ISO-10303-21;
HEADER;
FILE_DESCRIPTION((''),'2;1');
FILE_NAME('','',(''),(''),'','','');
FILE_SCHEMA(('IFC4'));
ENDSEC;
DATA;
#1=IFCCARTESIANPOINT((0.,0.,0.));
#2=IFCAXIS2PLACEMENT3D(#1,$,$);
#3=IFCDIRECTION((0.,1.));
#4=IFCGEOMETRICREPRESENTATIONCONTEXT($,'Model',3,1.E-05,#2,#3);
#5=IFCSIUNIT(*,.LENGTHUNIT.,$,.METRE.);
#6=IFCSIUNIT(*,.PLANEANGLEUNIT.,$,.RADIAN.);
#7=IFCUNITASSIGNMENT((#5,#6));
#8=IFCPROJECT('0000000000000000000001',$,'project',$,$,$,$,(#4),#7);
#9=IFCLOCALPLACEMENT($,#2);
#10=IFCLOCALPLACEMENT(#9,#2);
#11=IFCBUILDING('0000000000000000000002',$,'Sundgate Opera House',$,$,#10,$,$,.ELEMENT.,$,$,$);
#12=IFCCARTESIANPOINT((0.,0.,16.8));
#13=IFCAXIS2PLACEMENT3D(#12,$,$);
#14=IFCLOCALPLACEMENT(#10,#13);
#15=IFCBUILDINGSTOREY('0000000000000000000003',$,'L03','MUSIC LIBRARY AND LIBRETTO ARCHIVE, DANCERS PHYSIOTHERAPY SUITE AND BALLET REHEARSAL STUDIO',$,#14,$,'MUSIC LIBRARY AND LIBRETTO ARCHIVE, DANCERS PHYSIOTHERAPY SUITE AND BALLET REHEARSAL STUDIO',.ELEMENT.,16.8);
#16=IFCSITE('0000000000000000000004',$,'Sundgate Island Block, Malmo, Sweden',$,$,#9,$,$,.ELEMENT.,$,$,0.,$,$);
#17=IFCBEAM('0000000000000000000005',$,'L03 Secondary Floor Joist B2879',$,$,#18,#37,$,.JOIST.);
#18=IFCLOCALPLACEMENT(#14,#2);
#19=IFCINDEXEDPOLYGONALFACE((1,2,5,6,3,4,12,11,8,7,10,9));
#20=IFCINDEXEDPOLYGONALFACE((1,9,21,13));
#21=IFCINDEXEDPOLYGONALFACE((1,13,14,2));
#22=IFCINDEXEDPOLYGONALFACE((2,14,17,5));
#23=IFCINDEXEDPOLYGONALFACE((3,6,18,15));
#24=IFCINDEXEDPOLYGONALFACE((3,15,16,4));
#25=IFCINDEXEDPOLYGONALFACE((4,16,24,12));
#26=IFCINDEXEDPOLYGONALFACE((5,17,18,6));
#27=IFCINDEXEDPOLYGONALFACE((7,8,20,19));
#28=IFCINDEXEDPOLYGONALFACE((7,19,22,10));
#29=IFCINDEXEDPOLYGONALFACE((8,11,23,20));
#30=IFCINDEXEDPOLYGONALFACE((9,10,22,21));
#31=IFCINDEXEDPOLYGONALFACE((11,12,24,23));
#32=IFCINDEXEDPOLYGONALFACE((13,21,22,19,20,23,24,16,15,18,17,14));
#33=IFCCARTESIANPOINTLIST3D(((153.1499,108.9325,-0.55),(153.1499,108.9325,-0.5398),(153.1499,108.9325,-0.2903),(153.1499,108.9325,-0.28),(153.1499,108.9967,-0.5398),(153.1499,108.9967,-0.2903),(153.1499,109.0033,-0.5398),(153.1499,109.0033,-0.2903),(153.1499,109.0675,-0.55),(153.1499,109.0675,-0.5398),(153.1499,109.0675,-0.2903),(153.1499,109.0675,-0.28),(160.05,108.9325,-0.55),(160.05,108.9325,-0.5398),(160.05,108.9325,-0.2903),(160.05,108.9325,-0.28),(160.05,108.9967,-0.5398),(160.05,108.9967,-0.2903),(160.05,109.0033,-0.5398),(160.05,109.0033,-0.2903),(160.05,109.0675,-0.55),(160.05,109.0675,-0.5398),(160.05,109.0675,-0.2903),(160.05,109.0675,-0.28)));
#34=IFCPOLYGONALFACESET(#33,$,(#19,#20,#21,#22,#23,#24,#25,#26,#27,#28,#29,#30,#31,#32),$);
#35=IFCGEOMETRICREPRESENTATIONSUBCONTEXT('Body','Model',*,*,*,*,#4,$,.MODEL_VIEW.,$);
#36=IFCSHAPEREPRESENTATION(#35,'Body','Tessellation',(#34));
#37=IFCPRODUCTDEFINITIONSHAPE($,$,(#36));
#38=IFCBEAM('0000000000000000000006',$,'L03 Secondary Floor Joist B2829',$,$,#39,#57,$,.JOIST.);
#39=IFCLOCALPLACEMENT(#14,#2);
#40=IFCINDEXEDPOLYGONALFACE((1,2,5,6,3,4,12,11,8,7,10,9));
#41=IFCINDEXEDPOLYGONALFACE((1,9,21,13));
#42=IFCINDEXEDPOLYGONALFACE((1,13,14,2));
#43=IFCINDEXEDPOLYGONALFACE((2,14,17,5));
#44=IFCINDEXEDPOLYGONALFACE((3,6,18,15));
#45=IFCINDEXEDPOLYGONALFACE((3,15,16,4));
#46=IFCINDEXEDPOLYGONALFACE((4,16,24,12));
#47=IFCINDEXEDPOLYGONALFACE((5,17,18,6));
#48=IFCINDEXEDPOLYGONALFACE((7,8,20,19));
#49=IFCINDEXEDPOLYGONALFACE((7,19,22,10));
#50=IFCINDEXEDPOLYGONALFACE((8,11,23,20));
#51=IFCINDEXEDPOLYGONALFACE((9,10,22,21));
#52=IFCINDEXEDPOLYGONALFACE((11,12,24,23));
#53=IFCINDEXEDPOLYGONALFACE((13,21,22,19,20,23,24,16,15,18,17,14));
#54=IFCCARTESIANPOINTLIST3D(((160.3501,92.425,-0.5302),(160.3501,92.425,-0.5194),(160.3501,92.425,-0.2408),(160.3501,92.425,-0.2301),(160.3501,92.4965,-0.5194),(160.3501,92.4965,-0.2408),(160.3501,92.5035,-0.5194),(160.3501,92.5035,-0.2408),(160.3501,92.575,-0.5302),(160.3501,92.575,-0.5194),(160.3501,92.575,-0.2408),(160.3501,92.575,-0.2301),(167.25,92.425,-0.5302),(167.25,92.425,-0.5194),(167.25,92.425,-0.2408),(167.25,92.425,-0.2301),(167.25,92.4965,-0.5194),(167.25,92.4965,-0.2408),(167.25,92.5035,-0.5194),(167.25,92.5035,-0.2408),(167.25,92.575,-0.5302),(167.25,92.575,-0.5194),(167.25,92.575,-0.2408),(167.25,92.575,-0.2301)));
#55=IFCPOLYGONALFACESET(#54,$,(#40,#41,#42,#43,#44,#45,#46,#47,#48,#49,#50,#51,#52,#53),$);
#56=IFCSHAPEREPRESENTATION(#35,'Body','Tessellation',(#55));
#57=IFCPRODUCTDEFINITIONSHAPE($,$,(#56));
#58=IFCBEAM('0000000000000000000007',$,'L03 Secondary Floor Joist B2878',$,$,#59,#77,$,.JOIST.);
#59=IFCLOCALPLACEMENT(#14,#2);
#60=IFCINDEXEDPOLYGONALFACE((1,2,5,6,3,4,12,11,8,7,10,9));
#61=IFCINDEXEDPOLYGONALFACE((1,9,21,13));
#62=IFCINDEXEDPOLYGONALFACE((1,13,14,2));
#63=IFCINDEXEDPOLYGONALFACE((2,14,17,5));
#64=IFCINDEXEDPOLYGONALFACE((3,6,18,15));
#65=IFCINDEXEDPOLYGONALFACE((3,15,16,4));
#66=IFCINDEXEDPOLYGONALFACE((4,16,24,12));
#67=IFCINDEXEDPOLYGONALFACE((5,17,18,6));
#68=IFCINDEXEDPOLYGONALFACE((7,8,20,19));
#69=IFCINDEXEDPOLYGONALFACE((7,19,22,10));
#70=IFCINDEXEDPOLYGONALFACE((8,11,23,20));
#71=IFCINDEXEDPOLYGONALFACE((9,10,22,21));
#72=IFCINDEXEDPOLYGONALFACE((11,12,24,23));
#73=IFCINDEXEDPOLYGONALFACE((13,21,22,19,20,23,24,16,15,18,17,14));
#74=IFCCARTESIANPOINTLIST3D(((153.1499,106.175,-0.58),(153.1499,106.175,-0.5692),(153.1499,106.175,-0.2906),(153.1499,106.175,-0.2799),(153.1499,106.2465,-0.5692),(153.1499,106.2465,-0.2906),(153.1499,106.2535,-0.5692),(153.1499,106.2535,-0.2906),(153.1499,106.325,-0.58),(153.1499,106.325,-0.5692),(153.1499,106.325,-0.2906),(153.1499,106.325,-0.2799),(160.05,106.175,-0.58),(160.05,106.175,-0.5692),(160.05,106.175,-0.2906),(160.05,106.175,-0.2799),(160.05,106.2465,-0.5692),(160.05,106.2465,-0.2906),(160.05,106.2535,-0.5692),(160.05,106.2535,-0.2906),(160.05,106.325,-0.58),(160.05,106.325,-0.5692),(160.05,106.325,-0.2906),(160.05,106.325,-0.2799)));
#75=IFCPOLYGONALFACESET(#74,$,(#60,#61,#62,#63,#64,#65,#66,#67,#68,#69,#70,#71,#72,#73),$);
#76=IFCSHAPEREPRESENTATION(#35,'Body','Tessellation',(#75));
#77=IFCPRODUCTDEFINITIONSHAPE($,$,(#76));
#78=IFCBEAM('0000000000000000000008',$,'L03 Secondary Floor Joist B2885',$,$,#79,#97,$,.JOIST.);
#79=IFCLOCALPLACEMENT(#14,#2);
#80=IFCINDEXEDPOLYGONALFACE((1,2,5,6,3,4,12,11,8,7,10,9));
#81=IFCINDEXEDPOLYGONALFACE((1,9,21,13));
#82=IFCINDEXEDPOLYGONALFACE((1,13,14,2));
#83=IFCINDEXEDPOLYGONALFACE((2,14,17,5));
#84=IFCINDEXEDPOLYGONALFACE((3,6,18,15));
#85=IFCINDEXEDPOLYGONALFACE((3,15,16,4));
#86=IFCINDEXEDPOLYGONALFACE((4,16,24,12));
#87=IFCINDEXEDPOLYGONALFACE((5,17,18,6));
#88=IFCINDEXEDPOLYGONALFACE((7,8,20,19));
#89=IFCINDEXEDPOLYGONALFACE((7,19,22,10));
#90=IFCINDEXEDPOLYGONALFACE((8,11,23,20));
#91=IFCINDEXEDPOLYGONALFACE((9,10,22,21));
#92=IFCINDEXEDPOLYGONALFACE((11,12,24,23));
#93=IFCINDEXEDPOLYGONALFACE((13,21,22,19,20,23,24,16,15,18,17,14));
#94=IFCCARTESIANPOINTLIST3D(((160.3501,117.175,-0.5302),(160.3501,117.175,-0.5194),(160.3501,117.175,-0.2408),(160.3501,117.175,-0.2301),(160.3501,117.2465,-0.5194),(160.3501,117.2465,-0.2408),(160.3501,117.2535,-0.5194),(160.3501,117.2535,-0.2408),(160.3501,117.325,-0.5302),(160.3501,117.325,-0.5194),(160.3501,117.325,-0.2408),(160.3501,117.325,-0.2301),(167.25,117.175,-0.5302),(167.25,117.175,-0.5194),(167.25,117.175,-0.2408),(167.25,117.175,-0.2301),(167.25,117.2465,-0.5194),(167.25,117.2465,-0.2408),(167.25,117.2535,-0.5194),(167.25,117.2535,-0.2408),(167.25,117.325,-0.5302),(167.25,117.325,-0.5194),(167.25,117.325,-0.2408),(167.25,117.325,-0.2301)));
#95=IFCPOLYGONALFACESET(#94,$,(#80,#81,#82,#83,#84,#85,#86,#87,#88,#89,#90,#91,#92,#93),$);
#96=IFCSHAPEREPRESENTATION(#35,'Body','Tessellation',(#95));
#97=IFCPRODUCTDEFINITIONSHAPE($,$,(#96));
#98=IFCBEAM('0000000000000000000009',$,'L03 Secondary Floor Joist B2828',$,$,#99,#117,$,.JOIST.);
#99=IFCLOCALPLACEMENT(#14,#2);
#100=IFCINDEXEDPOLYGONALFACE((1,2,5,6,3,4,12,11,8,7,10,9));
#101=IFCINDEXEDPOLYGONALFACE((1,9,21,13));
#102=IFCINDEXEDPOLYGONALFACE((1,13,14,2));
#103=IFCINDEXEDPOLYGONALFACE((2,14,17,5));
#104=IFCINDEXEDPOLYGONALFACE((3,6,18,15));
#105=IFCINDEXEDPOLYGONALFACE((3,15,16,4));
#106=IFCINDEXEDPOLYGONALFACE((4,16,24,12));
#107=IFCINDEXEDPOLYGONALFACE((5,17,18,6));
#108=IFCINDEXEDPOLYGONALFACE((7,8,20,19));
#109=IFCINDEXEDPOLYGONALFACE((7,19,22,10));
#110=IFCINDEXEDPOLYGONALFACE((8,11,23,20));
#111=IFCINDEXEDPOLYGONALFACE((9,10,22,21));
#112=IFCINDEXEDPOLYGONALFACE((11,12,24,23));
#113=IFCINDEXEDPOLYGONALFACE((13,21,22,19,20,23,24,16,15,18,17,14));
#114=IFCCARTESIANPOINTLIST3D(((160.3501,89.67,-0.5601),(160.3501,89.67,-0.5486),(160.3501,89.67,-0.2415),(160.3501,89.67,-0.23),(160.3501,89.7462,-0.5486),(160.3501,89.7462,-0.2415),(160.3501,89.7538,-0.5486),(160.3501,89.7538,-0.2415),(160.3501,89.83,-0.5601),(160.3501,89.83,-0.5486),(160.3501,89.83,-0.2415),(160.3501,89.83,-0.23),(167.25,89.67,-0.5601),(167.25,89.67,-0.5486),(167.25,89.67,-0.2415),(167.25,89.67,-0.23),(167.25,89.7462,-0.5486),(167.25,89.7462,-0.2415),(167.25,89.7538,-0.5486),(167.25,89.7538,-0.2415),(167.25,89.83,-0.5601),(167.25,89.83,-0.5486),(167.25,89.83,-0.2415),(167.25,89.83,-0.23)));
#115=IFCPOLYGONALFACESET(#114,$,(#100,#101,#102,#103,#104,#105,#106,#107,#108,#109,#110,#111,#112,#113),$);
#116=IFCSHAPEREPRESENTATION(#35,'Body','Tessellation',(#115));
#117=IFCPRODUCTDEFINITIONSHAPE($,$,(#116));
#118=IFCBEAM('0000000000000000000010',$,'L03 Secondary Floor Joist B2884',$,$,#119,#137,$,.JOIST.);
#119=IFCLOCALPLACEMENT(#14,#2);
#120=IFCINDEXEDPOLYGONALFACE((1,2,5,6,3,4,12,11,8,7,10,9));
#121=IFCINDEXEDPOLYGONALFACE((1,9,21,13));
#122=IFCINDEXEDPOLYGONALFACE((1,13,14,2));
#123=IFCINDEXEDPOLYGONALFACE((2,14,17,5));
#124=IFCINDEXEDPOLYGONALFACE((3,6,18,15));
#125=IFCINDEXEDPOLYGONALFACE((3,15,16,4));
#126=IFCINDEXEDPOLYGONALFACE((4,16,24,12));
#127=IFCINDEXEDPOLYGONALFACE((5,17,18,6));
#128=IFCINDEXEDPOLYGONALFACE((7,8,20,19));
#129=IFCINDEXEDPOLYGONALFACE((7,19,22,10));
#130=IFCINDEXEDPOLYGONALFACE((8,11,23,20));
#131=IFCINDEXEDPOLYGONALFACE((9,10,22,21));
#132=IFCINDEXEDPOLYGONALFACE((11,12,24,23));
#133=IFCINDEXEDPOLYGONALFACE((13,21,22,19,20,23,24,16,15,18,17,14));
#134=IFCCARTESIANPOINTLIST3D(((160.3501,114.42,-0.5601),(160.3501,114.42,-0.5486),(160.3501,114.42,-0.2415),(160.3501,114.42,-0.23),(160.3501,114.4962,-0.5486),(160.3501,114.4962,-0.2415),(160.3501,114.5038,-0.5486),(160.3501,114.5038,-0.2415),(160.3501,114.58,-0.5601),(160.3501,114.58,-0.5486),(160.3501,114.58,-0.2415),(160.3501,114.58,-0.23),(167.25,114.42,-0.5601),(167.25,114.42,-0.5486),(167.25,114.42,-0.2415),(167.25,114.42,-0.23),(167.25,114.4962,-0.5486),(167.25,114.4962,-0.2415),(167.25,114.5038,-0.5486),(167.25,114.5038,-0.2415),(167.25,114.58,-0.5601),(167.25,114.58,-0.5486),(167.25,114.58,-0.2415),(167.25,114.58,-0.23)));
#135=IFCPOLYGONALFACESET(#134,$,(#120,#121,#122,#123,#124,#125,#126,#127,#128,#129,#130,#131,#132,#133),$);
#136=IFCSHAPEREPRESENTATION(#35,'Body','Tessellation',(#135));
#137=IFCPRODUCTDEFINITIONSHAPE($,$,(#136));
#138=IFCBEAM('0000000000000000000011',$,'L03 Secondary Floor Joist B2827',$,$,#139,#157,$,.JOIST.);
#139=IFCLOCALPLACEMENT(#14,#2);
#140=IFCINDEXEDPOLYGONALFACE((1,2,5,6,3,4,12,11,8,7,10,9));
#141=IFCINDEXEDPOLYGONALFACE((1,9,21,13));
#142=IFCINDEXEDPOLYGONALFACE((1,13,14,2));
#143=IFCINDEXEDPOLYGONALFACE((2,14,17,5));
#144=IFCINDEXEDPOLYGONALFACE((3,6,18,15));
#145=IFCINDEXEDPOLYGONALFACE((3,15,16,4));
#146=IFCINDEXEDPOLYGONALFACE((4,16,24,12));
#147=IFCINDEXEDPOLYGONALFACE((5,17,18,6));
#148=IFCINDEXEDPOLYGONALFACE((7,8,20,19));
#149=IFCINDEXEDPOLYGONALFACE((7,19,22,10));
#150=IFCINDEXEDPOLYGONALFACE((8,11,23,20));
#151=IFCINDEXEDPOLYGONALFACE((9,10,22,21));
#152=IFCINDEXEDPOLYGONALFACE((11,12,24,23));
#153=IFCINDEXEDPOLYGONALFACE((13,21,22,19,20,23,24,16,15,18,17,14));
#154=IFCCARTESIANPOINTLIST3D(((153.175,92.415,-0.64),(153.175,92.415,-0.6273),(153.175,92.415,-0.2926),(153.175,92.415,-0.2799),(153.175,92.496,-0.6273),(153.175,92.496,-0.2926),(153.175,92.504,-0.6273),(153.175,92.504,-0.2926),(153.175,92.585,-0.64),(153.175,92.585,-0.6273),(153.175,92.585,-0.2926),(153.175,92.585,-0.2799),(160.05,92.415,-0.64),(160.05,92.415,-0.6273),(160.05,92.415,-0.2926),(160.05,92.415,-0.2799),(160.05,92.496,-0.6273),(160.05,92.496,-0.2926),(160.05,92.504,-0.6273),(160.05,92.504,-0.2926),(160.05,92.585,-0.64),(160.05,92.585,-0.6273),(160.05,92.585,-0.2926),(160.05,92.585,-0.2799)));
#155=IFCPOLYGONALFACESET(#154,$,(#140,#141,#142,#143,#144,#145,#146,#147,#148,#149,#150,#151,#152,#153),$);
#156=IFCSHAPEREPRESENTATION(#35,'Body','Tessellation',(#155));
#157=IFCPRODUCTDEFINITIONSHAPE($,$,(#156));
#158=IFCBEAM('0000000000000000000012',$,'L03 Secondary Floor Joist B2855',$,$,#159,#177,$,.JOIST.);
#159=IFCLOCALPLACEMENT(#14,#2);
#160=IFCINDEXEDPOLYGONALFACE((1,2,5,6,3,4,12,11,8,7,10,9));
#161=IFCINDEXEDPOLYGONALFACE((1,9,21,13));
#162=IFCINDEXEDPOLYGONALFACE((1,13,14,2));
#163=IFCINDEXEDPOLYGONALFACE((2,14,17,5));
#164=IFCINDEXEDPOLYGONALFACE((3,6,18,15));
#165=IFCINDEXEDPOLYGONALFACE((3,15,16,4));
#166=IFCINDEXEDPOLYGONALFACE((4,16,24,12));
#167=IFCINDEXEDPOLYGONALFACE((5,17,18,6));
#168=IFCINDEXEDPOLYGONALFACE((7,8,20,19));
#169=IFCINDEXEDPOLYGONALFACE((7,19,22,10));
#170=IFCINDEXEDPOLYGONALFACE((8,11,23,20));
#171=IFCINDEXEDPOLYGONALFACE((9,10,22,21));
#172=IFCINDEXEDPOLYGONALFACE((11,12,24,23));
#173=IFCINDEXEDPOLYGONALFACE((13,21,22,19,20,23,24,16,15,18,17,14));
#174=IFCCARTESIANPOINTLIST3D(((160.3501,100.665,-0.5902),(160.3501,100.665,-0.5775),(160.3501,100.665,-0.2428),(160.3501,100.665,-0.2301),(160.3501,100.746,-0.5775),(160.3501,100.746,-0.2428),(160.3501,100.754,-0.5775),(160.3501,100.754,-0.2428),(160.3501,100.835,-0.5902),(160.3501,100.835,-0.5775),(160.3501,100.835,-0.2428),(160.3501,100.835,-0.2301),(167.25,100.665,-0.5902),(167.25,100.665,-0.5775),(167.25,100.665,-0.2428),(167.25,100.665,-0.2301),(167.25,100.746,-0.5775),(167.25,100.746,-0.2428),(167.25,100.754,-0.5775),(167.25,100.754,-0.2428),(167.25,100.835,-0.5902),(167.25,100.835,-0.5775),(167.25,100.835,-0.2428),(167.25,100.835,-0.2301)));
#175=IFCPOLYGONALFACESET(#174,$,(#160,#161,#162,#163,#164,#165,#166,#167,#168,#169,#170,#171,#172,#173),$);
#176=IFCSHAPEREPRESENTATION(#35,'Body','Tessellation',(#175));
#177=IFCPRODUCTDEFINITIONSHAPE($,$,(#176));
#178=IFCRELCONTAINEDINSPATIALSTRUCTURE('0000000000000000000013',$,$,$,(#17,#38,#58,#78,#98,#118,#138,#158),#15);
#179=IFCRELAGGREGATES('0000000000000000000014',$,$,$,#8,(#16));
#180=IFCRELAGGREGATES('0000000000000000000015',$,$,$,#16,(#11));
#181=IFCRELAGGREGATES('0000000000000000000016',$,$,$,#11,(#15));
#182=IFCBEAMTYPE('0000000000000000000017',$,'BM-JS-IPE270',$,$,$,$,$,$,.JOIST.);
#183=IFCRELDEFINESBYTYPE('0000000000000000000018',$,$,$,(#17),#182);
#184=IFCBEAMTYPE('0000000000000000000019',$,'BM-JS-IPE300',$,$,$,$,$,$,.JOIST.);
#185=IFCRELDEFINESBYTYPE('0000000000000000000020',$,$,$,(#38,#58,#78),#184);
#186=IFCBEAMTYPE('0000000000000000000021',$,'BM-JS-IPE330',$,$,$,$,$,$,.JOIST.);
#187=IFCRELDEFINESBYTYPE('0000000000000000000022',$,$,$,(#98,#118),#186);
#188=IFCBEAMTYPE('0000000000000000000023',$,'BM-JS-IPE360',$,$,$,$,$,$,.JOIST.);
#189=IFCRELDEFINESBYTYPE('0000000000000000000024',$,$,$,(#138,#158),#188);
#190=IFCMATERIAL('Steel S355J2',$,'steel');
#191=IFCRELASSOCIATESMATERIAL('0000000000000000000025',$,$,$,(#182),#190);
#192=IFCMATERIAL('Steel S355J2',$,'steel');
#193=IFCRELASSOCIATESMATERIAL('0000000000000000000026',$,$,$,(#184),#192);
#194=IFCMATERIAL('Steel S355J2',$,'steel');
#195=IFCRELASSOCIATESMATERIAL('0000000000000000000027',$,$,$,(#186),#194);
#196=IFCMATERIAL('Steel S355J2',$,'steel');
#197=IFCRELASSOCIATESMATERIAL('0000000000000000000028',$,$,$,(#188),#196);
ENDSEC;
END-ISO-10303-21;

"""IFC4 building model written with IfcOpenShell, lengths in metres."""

from ifc_helpers import new_model, si_unit, direction, frame, origin, origin_2d, place, context, subcontext, project, spatial, i_section, extrude, material, material_profile, profile_set, type_object, element, save


model = new_model("IFC4")

# Units and contexts
model_context = context("Model", 3, precision=1e-05, world=origin(), true_north=direction((0.0, 1.0)))
body_context = subcontext(model_context, "Body", "Model", "MODEL_VIEW")
ifc_project = project(units=[si_unit("LENGTHUNIT", "METRE"), si_unit("PLANEANGLEUNIT", "RADIAN")], contexts=[model_context])

# Site, building, storey
site_placement = place(None, origin())
site = spatial("IfcSite", under=ifc_project, at=site_placement, Name="Sundgate Island Block, Malmo, Sweden", CompositionType="ELEMENT", RefElevation=0.0)
building_placement = place(site_placement, origin())
building = spatial("IfcBuilding", under=site, at=building_placement, Name="Sundgate Opera House", CompositionType="ELEMENT")
storey_placement = place(building_placement, frame((0.0, 0.0, 16.8)))
storey = spatial("IfcBuildingStorey", under=building, at=storey_placement, Name="L03", Description="MUSIC LIBRARY AND LIBRETTO ARCHIVE, DANCERS PHYSIOTHERAPY SUITE AND BALLET REHEARSAL STUDIO", LongName="MUSIC LIBRARY AND LIBRETTO ARCHIVE, DANCERS PHYSIOTHERAPY SUITE AND BALLET REHEARSAL STUDIO", CompositionType="ELEMENT", Elevation=16.8)

# Beams
ifc_material_1 = material(Name="Steel S355J2", Category="steel")
ifc_material_profile_1 = material_profile(ifc_material_1, i_section(OverallWidth=0.135, OverallDepth=0.27, WebThickness=0.0066, FlangeThickness=0.0103, at=origin_2d()), Name="IPE 270")
ifc_profile_set_1 = profile_set([ifc_material_profile_1], Name="Steel S355J2")
beam_type_1 = type_object("IfcBeamType", Name="BM-JS-IPE270", PredefinedType="JOIST", material=ifc_profile_set_1)
beam_1_placement = place(storey_placement, frame((153.1499, 109.0, -0.415), z_axis=(1.0, 0.0, 0.0), x_axis=(0.0, 1.0, 0.0)))
element("IfcBeam", 1, at=beam_1_placement, inside=storey, type_object=beam_type_1, Name="L03 Secondary Floor Joist B2879", PredefinedType="JOIST", context=body_context, shape_type="SweptSolid", body=[
    extrude(i_section(OverallWidth=0.135, OverallDepth=0.27, WebThickness=0.0066, FlangeThickness=0.0103, at=origin_2d()), origin(), (0.0, 0.0, 1.0), 6.9001),
])
ifc_material_2 = material(Name="Steel S355J2", Category="steel")
ifc_material_profile_2 = material_profile(ifc_material_2, i_section(OverallWidth=0.1499, OverallDepth=0.3, WebThickness=0.0071, FlangeThickness=0.0107, at=origin_2d()), Name="IPE 300")
ifc_profile_set_2 = profile_set([ifc_material_profile_2], Name="Steel S355J2")
beam_type_2 = type_object("IfcBeamType", Name="BM-JS-IPE300", PredefinedType="JOIST", material=ifc_profile_set_2)
beam_2_placement = place(storey_placement, frame((160.3501, 92.5, -0.3801), z_axis=(1.0, 0.0, 0.0), x_axis=(0.0, 1.0, 0.0)))
element("IfcBeam", 2, at=beam_2_placement, inside=storey, type_object=beam_type_2, Name="L03 Secondary Floor Joist B2829", PredefinedType="JOIST", context=body_context, shape_type="SweptSolid", body=[
    extrude(i_section(OverallWidth=0.1499, OverallDepth=0.3, WebThickness=0.0071, FlangeThickness=0.0107, at=origin_2d()), origin(), (0.0, 0.0, 1.0), 6.8999),
])
beam_3_placement = place(storey_placement, frame((153.1499, 106.25, -0.4299), z_axis=(1.0, 0.0, 0.0), x_axis=(0.0, 1.0, 0.0)))
element("IfcBeam", 3, at=beam_3_placement, inside=storey, type_object=beam_type_2, Name="L03 Secondary Floor Joist B2878", PredefinedType="JOIST", context=body_context, shape_type="SweptSolid", body=[
    extrude(i_section(OverallWidth=0.1499, OverallDepth=0.3, WebThickness=0.0071, FlangeThickness=0.0107, at=origin_2d()), origin(), (0.0, 0.0, 1.0), 6.9001),
])
beam_4_placement = place(storey_placement, frame((160.3501, 117.25, -0.3801), z_axis=(1.0, 0.0, 0.0), x_axis=(0.0, 1.0, 0.0)))
element("IfcBeam", 4, at=beam_4_placement, inside=storey, type_object=beam_type_2, Name="L03 Secondary Floor Joist B2885", PredefinedType="JOIST", context=body_context, shape_type="SweptSolid", body=[
    extrude(i_section(OverallWidth=0.1499, OverallDepth=0.3, WebThickness=0.0071, FlangeThickness=0.0107, at=origin_2d()), origin(), (0.0, 0.0, 1.0), 6.8999),
])
ifc_material_3 = material(Name="Steel S355J2", Category="steel")
ifc_material_profile_3 = material_profile(ifc_material_3, i_section(OverallWidth=0.1599, OverallDepth=0.3301, WebThickness=0.0076, FlangeThickness=0.0115, at=origin_2d()), Name="IPE 330")
ifc_profile_set_3 = profile_set([ifc_material_profile_3], Name="Steel S355J2")
beam_type_3 = type_object("IfcBeamType", Name="BM-JS-IPE330", PredefinedType="JOIST", material=ifc_profile_set_3)
for number, where, z_axis, x_axis, name in (
    (5, (160.3501, 89.75, -0.395), (1.0, 0.0, 0.0), (0.0, 1.0, 0.0), "L03 Secondary Floor Joist B2828"),
    (6, (160.3501, 114.5, -0.395), (1.0, 0.0, 0.0), (0.0, 1.0, 0.0), "L03 Secondary Floor Joist B2884"),
):
    element("IfcBeam", number, at=place(storey_placement, frame(where, z_axis=z_axis, x_axis=x_axis)), inside=storey, type_object=beam_type_3, Name=name, PredefinedType="JOIST", context=body_context, shape_type="SweptSolid", body=[
        extrude(i_section(OverallWidth=0.1599, OverallDepth=0.3301, WebThickness=0.0076, FlangeThickness=0.0115, at=origin_2d()), origin(), (0.0, 0.0, 1.0), 6.8999),
    ])
ifc_material_4 = material(Name="Steel S355J2", Category="steel")
ifc_material_profile_4 = material_profile(ifc_material_4, i_section(OverallWidth=0.1699, OverallDepth=0.3601, WebThickness=0.0081, FlangeThickness=0.0127, at=origin_2d()), Name="IPE 360")
ifc_profile_set_4 = profile_set([ifc_material_profile_4], Name="Steel S355J2")
beam_type_4 = type_object("IfcBeamType", Name="BM-JS-IPE360", PredefinedType="JOIST", material=ifc_profile_set_4)
beam_5_placement = place(storey_placement, frame((153.175, 92.5, -0.46), z_axis=(1.0, 0.0, 0.0), x_axis=(0.0, 1.0, 0.0)))
element("IfcBeam", 7, at=beam_5_placement, inside=storey, type_object=beam_type_4, Name="L03 Secondary Floor Joist B2827", PredefinedType="JOIST", context=body_context, shape_type="SweptSolid", body=[
    extrude(i_section(OverallWidth=0.1699, OverallDepth=0.3601, WebThickness=0.0081, FlangeThickness=0.0127, at=origin_2d()), origin(), (0.0, 0.0, 1.0), 6.875),
])
beam_6_placement = place(storey_placement, frame((160.3501, 100.75, -0.4102), z_axis=(1.0, 0.0, 0.0), x_axis=(0.0, 1.0, 0.0)))
element("IfcBeam", 8, at=beam_6_placement, inside=storey, type_object=beam_type_4, Name="L03 Secondary Floor Joist B2855", PredefinedType="JOIST", context=body_context, shape_type="SweptSolid", body=[
    extrude(i_section(OverallWidth=0.1699, OverallDepth=0.3601, WebThickness=0.0081, FlangeThickness=0.0127, at=origin_2d()), origin(), (0.0, 0.0, 1.0), 6.8999),
])

save(model, "model.ifc")
